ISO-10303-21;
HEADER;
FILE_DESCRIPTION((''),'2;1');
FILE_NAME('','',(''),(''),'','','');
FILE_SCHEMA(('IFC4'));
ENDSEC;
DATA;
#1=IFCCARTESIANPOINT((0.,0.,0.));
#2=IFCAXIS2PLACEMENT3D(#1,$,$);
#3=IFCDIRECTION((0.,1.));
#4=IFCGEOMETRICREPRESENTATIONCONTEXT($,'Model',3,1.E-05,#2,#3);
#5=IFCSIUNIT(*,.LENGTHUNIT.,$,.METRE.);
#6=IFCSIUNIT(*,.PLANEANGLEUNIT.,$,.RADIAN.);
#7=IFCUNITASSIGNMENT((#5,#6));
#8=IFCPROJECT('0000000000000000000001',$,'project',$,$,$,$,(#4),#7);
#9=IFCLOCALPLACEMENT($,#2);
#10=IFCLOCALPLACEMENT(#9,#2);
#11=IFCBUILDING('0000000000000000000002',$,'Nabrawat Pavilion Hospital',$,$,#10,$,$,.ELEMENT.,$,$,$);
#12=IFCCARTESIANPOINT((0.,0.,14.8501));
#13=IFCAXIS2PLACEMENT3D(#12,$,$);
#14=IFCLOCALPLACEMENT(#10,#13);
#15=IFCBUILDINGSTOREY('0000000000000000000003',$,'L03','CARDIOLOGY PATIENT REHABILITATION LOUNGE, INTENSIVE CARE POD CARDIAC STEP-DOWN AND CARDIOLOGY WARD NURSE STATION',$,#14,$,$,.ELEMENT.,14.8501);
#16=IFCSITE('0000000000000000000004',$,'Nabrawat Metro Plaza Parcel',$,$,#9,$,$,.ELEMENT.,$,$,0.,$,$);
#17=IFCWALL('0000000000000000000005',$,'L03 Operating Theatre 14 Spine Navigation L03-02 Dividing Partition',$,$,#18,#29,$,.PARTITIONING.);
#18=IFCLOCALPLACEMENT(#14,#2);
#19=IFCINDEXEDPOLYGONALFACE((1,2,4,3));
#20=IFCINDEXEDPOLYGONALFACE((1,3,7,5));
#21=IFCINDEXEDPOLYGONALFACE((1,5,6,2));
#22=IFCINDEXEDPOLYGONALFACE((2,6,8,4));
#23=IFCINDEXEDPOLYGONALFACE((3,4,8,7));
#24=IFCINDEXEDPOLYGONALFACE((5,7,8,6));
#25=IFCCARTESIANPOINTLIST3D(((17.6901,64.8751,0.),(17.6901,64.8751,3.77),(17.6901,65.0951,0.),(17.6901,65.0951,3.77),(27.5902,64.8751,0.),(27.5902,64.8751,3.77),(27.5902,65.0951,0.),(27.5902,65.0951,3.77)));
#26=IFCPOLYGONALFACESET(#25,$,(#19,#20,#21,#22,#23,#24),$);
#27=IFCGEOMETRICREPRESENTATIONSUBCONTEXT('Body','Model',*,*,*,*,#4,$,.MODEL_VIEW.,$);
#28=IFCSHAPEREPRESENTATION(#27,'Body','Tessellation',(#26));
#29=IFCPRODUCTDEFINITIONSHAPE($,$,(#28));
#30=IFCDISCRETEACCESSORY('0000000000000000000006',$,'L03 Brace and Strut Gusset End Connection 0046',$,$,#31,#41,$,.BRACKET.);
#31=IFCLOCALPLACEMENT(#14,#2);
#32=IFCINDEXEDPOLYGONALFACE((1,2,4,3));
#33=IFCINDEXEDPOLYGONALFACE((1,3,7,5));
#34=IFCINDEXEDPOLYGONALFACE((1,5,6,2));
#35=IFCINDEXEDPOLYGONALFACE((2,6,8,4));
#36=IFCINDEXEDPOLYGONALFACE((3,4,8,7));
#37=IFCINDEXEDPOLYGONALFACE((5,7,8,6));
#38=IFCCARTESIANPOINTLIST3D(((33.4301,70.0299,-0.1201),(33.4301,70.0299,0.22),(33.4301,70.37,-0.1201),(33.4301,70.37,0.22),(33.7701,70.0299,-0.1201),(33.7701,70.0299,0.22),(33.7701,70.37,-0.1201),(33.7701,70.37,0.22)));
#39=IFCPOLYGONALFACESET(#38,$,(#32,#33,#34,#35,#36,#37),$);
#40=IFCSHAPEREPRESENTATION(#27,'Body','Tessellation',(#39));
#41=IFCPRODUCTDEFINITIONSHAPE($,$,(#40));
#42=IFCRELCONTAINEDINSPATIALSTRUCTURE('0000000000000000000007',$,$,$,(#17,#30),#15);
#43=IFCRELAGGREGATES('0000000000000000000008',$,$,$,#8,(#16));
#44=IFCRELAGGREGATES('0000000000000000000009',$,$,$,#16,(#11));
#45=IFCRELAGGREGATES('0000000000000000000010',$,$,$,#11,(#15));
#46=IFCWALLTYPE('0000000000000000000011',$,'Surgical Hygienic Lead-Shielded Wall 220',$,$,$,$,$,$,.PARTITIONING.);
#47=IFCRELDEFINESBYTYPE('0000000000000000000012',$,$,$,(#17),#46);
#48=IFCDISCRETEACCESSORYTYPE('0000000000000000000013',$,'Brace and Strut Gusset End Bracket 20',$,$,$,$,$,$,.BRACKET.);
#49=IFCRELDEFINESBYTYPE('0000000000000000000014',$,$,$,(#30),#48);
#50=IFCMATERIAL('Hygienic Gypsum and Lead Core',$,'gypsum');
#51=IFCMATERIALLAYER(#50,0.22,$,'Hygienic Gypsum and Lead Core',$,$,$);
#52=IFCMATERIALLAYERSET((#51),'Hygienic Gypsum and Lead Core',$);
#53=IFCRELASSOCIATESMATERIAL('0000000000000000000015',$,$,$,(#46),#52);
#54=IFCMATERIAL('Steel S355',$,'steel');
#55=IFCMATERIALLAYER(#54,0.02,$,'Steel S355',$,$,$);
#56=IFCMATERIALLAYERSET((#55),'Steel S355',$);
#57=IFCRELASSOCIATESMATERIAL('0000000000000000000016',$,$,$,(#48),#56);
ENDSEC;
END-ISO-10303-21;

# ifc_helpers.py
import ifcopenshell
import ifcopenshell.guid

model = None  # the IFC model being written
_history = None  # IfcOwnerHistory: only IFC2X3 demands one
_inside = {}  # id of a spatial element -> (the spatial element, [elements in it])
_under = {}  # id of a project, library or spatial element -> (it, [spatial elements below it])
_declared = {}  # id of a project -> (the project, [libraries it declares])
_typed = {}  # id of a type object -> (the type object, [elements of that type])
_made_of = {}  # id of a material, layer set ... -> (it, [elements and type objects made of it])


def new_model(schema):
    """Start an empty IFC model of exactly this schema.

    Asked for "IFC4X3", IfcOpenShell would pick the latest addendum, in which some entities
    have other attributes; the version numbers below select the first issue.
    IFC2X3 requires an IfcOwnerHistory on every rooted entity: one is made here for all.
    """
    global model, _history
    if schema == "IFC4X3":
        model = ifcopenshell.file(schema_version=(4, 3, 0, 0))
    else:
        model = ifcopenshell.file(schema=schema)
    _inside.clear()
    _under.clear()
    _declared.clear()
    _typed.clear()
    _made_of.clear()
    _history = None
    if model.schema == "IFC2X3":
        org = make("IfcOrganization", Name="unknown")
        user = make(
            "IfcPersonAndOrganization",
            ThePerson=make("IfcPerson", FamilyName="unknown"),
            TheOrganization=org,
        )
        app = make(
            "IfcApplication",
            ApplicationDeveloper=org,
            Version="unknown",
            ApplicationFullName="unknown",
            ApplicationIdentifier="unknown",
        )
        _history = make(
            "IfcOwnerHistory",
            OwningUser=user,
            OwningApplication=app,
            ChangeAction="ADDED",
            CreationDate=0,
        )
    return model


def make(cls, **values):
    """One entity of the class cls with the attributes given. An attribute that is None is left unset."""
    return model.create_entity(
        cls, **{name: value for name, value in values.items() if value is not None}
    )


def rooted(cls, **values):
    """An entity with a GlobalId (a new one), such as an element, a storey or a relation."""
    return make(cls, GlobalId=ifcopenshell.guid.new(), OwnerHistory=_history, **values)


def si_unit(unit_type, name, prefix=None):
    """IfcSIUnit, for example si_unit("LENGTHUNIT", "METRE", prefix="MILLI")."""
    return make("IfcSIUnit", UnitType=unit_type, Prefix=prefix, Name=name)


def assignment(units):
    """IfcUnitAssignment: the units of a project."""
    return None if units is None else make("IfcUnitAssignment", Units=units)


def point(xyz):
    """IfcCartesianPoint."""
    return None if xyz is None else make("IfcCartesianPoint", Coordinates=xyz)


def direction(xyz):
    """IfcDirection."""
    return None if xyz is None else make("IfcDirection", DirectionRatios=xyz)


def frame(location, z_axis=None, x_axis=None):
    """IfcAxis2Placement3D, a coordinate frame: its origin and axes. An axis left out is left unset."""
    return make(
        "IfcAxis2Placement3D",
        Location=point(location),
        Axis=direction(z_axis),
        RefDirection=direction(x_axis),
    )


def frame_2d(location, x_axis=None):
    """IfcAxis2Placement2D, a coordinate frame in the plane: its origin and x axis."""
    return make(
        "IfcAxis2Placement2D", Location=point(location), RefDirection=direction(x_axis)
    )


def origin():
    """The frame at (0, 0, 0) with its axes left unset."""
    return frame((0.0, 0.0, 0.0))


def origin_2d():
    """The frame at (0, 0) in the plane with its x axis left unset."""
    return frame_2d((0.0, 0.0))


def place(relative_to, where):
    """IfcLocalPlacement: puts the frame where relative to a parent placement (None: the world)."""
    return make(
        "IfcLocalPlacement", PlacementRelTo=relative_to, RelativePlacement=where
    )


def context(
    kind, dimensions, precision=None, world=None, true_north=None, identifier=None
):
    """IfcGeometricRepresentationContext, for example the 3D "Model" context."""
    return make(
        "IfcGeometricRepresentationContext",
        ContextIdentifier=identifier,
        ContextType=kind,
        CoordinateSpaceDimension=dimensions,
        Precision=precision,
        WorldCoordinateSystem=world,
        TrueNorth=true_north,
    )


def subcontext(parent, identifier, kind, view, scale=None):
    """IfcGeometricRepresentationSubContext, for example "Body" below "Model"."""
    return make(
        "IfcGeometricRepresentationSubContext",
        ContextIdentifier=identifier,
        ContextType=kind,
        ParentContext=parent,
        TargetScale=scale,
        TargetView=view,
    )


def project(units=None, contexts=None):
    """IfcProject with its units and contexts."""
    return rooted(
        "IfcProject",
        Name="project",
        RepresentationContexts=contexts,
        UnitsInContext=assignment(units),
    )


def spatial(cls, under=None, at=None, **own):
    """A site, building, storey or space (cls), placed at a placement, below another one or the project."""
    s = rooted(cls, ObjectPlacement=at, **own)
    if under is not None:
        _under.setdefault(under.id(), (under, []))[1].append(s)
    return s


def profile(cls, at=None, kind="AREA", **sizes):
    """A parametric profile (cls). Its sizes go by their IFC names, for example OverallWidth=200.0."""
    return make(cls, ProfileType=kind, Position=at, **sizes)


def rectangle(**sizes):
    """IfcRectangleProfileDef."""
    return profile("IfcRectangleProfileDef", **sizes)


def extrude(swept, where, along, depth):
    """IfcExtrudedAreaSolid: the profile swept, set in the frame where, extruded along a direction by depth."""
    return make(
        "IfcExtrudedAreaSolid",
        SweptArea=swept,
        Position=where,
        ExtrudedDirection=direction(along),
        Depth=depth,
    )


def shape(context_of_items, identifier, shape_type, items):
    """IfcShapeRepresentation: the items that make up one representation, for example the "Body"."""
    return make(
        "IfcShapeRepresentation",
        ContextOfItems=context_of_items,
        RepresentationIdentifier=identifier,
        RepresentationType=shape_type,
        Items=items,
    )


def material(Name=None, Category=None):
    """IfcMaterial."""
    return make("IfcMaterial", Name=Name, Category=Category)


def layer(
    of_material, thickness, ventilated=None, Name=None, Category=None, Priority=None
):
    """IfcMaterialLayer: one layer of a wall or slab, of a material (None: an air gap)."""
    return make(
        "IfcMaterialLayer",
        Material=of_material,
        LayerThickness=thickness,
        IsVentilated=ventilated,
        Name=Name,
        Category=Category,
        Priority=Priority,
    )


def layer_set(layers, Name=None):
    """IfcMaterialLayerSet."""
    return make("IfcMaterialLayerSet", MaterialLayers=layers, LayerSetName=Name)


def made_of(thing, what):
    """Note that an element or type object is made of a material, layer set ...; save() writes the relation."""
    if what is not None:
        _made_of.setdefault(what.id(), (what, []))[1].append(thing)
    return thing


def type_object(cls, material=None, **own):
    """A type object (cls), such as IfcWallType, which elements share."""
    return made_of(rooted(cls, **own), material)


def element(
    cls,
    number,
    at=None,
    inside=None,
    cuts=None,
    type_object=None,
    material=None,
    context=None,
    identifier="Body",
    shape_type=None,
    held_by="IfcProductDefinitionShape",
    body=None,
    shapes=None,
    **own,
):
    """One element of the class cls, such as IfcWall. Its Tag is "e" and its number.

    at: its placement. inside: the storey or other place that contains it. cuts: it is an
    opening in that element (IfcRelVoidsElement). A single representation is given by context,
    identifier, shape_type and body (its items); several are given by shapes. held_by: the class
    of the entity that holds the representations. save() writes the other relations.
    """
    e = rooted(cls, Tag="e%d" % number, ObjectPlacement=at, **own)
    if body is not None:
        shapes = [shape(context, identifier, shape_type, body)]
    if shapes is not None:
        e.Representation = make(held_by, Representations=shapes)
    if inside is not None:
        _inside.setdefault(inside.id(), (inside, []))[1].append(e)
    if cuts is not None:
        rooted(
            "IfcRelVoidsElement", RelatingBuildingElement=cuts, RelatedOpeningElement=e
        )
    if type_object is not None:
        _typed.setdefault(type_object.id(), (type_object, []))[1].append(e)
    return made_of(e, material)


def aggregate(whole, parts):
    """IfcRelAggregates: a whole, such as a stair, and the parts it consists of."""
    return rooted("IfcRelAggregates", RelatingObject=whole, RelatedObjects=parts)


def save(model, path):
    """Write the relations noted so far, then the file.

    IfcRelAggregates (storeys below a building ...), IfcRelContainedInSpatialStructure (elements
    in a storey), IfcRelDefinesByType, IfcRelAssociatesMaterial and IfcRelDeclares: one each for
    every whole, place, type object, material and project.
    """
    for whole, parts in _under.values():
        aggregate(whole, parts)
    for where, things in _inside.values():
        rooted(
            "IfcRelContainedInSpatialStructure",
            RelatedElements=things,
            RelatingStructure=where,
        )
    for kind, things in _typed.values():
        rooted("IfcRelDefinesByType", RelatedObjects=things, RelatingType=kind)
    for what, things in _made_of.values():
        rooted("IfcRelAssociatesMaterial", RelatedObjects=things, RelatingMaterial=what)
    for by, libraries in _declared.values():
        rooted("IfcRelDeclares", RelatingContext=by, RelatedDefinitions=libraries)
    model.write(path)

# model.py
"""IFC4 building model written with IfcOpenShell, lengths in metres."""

from ifc_helpers import new_model, si_unit, direction, frame, frame_2d, origin, origin_2d, place, context, subcontext, project, spatial, rectangle, extrude, material, layer, layer_set, type_object, element, save


model = new_model("IFC4")

# Units and contexts
model_context = context("Model", 3, precision=1e-05, world=origin(), true_north=direction((0.0, 1.0)))
body_context = subcontext(model_context, "Body", "Model", "MODEL_VIEW")
ifc_project = project(units=[si_unit("LENGTHUNIT", "METRE"), si_unit("PLANEANGLEUNIT", "RADIAN")], contexts=[model_context])

# Site, building, storey
site_placement = place(None, origin())
site = spatial("IfcSite", under=ifc_project, at=site_placement, Name="Nabrawat Metro Plaza Parcel", CompositionType="ELEMENT", RefElevation=0.0)
building_placement = place(site_placement, origin())
building = spatial("IfcBuilding", under=site, at=building_placement, Name="Nabrawat Pavilion Hospital", CompositionType="ELEMENT")
storey_placement = place(building_placement, frame((0.0, 0.0, 14.8501)))
storey = spatial("IfcBuildingStorey", under=building, at=storey_placement, Name="L03", Description="CARDIOLOGY PATIENT REHABILITATION LOUNGE, INTENSIVE CARE POD CARDIAC STEP-DOWN AND CARDIOLOGY WARD NURSE STATION", CompositionType="ELEMENT", Elevation=14.8501)

# Shared definitions
ifc_material_1 = material(Name="Steel S355", Category="steel")

# Wall
ifc_material_2 = material(Name="Hygienic Gypsum and Lead Core", Category="gypsum")
ifc_layer_1 = layer(ifc_material_2, 0.22, Name="Hygienic Gypsum and Lead Core")
ifc_layer_set_1 = layer_set([ifc_layer_1], Name="Hygienic Gypsum and Lead Core")
wall_type_1 = type_object("IfcWallType", Name="Surgical Hygienic Lead-Shielded Wall 220", PredefinedType="PARTITIONING", material=ifc_layer_set_1)
wall_1_placement = place(storey_placement, frame((17.6899, 64.9851, 0.0), z_axis=(0.0, 0.0, 1.0), x_axis=(1.0, 0.0, 0.0)))
element("IfcWall", 1, at=wall_1_placement, inside=storey, type_object=wall_type_1, Name="L03 Operating Theatre 14 Spine Navigation L03-02 Dividing Partition", PredefinedType="PARTITIONING", context=body_context, shape_type="SweptSolid", body=[
    extrude(rectangle(XDim=9.9001, YDim=0.22, at=frame_2d((4.9502, 0.0))), origin(), (0.0, 0.0, 1.0), 3.77),
])

# Discrete accessory
ifc_layer_2 = layer(ifc_material_1, 0.02, Name="Steel S355")
ifc_layer_set_2 = layer_set([ifc_layer_2], Name="Steel S355")
discrete_accessory_type = type_object("IfcDiscreteAccessoryType", Name="Brace and Strut Gusset End Bracket 20", PredefinedType="BRACKET", material=ifc_layer_set_2)
discrete_accessory_placement = place(storey_placement, frame((33.6001, 70.2, -0.1201), z_axis=(0.0, 0.0, 1.0), x_axis=(1.0, 0.0, 0.0)))
element("IfcDiscreteAccessory", 2, at=discrete_accessory_placement, inside=storey, type_object=discrete_accessory_type, Name="L03 Brace and Strut Gusset End Connection 0046", PredefinedType="BRACKET", context=body_context, shape_type="SweptSolid", body=[
    extrude(rectangle(XDim=0.3401, YDim=0.3401, at=origin_2d()), origin(), (0.0, 0.0, 1.0), 0.3401),
])

save(model, "model.ifc")
